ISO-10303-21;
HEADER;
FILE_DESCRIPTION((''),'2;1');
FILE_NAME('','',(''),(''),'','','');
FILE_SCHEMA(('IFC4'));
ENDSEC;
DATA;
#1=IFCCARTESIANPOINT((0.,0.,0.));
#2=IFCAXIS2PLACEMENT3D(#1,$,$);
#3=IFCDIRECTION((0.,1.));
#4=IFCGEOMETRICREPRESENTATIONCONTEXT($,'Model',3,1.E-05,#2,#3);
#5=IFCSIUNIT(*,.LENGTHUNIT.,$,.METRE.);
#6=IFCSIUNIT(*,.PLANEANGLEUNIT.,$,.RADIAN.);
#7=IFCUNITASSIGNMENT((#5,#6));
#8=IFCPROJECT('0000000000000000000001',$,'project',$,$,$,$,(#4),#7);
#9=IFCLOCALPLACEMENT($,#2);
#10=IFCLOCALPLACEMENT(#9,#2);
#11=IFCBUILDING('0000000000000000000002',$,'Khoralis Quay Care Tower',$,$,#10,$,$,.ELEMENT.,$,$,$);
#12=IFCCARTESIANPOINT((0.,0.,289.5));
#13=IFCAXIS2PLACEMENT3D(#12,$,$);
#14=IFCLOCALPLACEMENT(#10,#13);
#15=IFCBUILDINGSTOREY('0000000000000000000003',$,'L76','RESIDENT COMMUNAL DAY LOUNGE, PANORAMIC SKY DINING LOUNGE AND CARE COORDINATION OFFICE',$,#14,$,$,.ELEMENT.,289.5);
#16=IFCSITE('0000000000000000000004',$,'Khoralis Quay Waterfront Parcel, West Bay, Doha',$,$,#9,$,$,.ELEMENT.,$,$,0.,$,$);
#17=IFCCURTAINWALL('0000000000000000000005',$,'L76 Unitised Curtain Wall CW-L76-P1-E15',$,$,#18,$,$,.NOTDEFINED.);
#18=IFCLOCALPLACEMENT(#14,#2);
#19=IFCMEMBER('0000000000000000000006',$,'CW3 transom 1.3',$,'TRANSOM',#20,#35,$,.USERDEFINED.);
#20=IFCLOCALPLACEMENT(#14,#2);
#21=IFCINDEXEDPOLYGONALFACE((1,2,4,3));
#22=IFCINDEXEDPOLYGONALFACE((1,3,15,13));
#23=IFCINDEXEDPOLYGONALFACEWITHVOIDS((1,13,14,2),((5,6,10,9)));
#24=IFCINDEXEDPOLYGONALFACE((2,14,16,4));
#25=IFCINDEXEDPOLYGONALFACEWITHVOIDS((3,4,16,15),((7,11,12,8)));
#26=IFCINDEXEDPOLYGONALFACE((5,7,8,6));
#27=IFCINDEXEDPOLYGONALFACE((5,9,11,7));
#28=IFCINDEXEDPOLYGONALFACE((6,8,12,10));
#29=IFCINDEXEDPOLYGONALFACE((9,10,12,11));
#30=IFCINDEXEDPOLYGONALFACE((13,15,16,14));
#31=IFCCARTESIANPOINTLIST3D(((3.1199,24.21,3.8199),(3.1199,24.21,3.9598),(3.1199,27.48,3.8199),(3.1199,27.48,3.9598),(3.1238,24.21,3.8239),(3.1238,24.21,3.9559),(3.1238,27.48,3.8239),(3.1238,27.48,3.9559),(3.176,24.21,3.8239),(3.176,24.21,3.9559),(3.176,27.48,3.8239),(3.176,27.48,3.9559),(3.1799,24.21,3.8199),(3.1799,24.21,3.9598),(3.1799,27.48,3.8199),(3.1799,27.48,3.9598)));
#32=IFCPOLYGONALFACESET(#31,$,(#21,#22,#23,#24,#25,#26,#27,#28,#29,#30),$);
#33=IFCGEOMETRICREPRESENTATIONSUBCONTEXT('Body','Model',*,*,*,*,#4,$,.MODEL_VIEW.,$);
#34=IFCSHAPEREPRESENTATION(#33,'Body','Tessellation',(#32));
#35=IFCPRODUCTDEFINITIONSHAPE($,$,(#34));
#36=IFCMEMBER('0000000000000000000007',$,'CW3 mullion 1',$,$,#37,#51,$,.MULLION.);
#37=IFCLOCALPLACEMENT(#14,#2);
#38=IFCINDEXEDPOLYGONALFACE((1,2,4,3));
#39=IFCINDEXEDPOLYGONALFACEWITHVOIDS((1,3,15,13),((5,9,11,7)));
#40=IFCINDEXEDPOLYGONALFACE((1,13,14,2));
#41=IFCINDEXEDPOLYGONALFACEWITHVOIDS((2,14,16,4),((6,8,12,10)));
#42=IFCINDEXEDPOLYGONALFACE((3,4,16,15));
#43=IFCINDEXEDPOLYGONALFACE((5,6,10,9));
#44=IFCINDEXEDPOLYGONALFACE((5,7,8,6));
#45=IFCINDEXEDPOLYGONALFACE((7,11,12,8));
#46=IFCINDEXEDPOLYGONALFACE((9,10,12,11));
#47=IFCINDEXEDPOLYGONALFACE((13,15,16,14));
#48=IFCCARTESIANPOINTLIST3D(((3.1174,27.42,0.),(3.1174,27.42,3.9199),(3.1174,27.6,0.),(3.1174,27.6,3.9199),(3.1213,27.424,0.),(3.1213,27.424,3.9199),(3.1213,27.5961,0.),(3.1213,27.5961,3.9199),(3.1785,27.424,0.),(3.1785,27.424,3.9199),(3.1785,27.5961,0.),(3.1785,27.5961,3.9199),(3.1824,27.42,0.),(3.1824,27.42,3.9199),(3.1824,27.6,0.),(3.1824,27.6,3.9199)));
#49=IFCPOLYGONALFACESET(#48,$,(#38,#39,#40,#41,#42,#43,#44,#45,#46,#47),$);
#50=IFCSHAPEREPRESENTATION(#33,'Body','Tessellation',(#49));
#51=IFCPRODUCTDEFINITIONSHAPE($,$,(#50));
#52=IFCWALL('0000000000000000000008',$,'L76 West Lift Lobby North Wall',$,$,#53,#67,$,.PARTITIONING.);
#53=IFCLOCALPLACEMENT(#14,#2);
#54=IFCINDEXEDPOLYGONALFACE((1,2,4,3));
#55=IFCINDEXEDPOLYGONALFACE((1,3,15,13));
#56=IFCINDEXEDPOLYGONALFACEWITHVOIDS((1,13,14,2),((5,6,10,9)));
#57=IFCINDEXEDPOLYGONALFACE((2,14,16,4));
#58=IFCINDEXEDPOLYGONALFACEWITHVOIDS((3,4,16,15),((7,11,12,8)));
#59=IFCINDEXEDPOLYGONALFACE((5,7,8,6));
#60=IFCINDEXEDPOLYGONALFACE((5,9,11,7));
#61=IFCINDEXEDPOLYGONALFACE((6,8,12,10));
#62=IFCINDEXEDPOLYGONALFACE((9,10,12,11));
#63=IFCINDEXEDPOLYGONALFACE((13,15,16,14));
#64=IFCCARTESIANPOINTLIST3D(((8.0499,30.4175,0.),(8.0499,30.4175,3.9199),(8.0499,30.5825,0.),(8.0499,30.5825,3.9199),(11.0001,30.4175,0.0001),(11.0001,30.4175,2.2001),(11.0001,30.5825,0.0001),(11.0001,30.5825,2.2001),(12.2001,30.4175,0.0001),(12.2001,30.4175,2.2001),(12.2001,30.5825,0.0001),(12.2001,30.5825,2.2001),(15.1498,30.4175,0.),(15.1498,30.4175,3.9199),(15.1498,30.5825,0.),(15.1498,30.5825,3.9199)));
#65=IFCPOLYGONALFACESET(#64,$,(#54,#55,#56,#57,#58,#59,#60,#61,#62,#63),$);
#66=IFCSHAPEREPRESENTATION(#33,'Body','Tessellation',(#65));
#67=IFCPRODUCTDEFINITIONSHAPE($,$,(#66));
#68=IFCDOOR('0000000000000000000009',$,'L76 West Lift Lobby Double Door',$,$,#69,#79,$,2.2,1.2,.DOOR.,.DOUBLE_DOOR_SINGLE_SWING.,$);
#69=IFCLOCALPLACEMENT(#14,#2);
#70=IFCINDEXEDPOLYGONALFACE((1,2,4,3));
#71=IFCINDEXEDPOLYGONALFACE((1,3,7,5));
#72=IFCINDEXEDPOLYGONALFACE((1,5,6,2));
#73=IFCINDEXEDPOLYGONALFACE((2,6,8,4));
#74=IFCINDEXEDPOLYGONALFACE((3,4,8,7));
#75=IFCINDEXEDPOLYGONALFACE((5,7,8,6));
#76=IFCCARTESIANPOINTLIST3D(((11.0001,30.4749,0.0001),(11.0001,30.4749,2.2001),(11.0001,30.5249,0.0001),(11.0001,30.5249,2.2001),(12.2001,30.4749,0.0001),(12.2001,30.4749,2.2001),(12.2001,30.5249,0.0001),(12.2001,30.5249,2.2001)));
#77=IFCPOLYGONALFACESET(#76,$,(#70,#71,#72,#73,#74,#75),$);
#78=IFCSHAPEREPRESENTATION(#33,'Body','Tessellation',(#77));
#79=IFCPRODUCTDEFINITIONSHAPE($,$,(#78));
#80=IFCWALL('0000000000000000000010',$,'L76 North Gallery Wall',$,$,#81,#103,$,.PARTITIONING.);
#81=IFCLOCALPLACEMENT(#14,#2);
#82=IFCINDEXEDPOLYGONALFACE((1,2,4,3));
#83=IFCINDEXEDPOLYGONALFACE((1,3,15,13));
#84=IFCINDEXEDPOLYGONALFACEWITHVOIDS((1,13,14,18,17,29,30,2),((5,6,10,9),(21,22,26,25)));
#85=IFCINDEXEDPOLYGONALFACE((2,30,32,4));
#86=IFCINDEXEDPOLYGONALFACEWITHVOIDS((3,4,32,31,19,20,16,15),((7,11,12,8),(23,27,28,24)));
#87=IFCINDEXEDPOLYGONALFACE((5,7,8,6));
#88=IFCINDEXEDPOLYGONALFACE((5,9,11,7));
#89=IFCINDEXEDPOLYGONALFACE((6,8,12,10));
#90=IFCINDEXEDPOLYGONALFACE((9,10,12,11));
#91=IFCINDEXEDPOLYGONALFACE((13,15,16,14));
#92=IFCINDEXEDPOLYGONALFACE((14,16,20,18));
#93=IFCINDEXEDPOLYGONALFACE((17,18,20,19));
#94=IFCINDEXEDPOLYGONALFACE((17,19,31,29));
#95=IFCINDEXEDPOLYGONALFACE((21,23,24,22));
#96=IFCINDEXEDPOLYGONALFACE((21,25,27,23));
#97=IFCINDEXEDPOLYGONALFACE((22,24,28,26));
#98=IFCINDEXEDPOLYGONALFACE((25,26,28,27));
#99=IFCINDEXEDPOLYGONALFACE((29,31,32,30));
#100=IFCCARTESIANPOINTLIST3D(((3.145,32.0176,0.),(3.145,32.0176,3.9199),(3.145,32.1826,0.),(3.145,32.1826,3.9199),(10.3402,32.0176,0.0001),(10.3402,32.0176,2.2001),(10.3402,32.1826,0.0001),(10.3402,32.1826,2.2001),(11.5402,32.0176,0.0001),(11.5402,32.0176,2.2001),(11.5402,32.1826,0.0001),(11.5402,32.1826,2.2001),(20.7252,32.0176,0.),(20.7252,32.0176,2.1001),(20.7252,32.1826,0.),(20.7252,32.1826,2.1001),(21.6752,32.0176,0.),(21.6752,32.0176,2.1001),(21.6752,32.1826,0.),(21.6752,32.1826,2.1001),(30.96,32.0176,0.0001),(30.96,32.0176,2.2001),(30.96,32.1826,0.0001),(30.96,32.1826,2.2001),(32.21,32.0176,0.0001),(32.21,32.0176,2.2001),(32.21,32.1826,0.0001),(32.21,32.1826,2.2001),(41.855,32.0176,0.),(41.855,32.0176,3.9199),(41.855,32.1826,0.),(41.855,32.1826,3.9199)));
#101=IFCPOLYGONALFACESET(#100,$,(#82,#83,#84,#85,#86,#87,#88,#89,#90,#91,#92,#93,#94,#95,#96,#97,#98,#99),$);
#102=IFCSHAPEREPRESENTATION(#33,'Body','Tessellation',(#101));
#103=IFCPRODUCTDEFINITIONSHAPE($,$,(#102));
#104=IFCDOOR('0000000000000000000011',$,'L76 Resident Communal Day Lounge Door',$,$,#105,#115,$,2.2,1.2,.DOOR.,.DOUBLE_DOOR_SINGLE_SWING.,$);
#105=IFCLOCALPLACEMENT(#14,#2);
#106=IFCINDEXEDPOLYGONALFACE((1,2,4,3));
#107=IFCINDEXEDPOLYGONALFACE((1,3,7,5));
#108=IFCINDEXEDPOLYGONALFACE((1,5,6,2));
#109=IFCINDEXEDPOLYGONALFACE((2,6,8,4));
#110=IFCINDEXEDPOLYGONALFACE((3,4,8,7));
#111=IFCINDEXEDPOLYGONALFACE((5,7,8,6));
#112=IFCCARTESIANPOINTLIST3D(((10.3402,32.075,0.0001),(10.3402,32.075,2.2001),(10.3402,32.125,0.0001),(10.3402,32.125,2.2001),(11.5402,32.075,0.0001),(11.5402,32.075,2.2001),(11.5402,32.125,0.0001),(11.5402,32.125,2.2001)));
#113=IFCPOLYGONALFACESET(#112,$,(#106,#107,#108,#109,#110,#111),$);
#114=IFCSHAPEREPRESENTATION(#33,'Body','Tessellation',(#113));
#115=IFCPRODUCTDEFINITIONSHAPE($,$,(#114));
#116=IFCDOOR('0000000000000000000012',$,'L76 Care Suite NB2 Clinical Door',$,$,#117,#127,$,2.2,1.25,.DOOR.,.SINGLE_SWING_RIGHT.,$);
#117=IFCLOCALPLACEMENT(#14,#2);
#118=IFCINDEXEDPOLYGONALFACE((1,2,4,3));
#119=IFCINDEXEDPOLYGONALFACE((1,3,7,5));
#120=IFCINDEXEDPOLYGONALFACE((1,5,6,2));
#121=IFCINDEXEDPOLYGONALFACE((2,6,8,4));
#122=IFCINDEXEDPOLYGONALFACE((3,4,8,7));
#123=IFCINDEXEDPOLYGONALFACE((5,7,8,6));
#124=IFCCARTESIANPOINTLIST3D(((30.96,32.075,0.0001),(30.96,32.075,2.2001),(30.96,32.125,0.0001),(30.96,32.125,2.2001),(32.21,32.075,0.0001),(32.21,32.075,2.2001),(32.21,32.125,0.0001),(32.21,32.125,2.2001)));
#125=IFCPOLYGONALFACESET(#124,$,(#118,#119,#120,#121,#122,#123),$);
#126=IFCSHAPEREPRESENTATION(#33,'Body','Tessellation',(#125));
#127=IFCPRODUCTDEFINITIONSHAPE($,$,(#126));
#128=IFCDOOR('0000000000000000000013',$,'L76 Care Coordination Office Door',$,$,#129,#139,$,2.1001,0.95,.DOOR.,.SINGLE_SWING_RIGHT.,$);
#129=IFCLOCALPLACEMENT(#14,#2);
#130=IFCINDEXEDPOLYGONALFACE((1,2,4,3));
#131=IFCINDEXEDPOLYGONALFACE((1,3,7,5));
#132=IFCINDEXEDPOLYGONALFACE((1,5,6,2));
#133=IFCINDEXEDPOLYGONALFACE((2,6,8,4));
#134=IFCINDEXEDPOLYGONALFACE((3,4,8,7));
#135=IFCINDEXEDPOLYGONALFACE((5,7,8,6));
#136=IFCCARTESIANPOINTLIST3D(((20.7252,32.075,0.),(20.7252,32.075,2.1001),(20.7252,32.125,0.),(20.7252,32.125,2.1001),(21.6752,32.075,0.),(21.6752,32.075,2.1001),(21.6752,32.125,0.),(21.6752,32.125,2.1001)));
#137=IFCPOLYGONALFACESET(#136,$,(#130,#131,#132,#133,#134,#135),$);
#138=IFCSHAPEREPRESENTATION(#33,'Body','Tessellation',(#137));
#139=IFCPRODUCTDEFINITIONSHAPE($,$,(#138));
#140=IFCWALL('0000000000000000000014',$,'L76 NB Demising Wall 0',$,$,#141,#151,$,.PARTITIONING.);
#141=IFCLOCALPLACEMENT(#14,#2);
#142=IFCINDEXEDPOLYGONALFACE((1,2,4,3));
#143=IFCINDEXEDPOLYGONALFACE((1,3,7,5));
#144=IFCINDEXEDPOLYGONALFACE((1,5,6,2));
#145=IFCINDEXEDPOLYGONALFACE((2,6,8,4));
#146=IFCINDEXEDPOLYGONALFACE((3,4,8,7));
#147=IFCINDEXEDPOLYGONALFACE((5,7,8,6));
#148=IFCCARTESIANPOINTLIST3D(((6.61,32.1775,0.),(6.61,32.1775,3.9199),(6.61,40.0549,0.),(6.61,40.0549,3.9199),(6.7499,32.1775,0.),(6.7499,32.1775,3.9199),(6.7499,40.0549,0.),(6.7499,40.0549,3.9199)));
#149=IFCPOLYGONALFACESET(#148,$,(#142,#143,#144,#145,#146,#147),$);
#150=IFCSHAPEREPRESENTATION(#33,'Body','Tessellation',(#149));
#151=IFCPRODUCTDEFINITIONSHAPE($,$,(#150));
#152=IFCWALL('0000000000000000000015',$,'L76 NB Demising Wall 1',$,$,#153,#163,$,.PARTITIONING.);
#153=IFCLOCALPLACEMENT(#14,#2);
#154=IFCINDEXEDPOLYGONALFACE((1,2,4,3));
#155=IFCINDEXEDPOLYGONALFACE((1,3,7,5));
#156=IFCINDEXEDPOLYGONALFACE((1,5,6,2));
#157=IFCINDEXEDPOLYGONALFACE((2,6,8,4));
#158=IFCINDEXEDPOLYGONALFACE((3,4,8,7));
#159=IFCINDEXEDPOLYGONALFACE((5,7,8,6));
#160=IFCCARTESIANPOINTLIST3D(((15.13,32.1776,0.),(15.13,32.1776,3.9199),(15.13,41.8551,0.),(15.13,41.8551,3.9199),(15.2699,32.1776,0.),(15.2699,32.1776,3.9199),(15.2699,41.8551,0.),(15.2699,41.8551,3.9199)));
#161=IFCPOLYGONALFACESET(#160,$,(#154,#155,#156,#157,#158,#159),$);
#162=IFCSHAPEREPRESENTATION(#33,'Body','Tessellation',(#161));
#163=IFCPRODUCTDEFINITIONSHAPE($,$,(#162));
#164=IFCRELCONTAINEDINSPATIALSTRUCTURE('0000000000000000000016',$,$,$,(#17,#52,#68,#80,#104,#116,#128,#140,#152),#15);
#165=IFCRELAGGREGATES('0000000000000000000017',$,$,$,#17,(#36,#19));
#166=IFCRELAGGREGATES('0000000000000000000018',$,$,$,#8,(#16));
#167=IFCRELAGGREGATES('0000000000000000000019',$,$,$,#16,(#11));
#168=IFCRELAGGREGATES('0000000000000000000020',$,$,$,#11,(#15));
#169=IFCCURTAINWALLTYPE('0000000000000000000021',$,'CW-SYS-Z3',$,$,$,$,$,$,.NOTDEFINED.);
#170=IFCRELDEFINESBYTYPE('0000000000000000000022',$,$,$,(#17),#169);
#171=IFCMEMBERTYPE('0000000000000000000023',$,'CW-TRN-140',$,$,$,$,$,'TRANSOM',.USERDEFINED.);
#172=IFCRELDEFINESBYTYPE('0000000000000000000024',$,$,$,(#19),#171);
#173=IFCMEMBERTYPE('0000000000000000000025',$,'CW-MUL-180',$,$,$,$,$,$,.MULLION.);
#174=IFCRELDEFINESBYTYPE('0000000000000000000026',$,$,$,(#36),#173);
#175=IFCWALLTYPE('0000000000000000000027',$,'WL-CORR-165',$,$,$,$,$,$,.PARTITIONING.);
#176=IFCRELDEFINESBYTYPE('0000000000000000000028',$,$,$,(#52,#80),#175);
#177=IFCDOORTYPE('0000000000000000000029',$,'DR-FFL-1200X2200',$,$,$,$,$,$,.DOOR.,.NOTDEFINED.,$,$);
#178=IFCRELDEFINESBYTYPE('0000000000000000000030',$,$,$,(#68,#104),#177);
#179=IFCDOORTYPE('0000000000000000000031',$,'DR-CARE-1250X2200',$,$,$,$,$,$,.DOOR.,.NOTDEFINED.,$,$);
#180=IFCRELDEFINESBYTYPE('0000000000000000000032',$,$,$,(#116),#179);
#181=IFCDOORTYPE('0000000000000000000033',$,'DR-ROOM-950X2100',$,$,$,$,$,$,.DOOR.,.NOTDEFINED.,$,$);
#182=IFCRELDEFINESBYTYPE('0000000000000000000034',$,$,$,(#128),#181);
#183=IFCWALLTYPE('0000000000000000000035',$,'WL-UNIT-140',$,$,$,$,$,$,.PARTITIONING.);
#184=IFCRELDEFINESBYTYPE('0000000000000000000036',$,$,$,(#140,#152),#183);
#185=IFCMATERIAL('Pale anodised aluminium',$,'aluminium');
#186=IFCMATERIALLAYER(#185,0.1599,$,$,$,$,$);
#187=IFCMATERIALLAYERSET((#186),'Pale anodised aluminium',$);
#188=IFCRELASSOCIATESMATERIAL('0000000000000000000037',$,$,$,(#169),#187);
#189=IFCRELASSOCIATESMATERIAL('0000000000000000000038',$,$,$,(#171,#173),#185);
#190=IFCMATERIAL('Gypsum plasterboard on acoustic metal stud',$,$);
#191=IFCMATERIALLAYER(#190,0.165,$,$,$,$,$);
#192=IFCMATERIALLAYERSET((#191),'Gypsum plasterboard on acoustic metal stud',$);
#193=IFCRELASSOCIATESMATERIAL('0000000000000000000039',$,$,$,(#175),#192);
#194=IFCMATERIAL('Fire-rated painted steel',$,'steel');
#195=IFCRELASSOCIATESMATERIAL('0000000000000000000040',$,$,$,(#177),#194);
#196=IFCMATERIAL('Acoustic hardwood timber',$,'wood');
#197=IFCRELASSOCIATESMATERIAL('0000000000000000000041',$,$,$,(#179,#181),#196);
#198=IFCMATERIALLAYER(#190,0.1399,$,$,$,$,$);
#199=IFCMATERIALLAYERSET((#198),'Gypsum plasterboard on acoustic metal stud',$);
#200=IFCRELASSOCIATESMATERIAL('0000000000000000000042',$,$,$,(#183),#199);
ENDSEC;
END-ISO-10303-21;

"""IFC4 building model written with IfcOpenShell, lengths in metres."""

from ifc_helpers import new_model, si_unit, direction, frame, frame_2d, origin, origin_2d, place, context, subcontext, project, spatial, rectangle, hollow_rectangle, extrude, source, transform, mapped, material, layer, layer_set, material_profile, profile_set, type_object, element, fill, aggregate, save


model = new_model("IFC4")

# Units and contexts
model_context = context("Model", 3, precision=1e-05, world=origin(), true_north=direction((0.0, 1.0)))
body_context = subcontext(model_context, "Body", "Model", "MODEL_VIEW")
ifc_project = project(units=[si_unit("LENGTHUNIT", "METRE"), si_unit("PLANEANGLEUNIT", "RADIAN")], contexts=[model_context])

# Site, building, storey
site_placement = place(None, origin())
site = spatial("IfcSite", under=ifc_project, at=site_placement, Name="Khoralis Quay Waterfront Parcel, West Bay, Doha", CompositionType="ELEMENT", RefElevation=0.0)
building_placement = place(site_placement, origin())
building = spatial("IfcBuilding", under=site, at=building_placement, Name="Khoralis Quay Care Tower", CompositionType="ELEMENT")
storey_placement = place(building_placement, frame((0.0, 0.0, 289.5)))
storey = spatial("IfcBuildingStorey", under=building, at=storey_placement, Name="L76", Description="RESIDENT COMMUNAL DAY LOUNGE, PANORAMIC SKY DINING LOUNGE AND CARE COORDINATION OFFICE", CompositionType="ELEMENT", Elevation=289.5)

# Curtain wall, members
ifc_material_1 = material(Name="Pale anodised aluminium", Category="aluminium")
ifc_layer_1 = layer(ifc_material_1, 0.1599)
ifc_layer_set_1 = layer_set([ifc_layer_1], Name="Pale anodised aluminium")
curtain_wall_type = type_object("IfcCurtainWallType", Name="CW-SYS-Z3", PredefinedType="NOTDEFINED", material=ifc_layer_set_1)
curtain_wall_placement = place(storey_placement, origin())
curtain_wall = element("IfcCurtainWall", 1, at=curtain_wall_placement, inside=storey, type_object=curtain_wall_type, Name="L76 Unitised Curtain Wall CW-L76-P1-E15", PredefinedType="NOTDEFINED")
ifc_material_profile_1 = material_profile(ifc_material_1, hollow_rectangle(XDim=0.0601, YDim=0.1399, WallThickness=0.0039, at=origin_2d()), Name="Pale anodised aluminium")
ifc_profile_set_1 = profile_set([ifc_material_profile_1], Name="Pale anodised aluminium")
member_type_1 = type_object("IfcMemberType", Name="CW-TRN-140", ElementType="TRANSOM", PredefinedType="USERDEFINED", material=ifc_profile_set_1)
shared_shape_1 = source(origin(), body_context, "Body", "SweptSolid", [
    extrude(hollow_rectangle(XDim=0.0601, YDim=0.1399, WallThickness=0.0039, at=origin_2d()), origin(), (0.0, 0.0, 1.0), 3.27),
])
member_1_placement = place(storey_placement, frame((3.1499, 27.48, 3.8899), z_axis=(0.0, -1.0, 0.0), x_axis=(1.0, 0.0, 0.0)))
member_1 = element("IfcMember", 2, at=member_1_placement, type_object=member_type_1, Name="CW3 transom 1.3", ObjectType="TRANSOM", PredefinedType="USERDEFINED", context=body_context, shape_type="MappedRepresentation", body=[
    mapped(shared_shape_1, transform((0.0, 0.0, 0.0), scale=1.0)),
])
ifc_material_profile_2 = material_profile(ifc_material_1, hollow_rectangle(XDim=0.0649, YDim=0.1799, WallThickness=0.0039, at=origin_2d()), Name="Pale anodised aluminium")
ifc_profile_set_2 = profile_set([ifc_material_profile_2], Name="Pale anodised aluminium")
member_type_2 = type_object("IfcMemberType", Name="CW-MUL-180", PredefinedType="MULLION", material=ifc_profile_set_2)
shared_shape_2 = source(origin(), body_context, "Body", "SweptSolid", [
    extrude(hollow_rectangle(XDim=0.0649, YDim=0.1799, WallThickness=0.0039, at=origin_2d()), origin(), (0.0, 0.0, 1.0), 3.9199),
])
member_2_placement = place(storey_placement, frame((3.1499, 27.51, 0.0), z_axis=(0.0, 0.0, 1.0), x_axis=(1.0, 0.0, 0.0)))
member_2 = element("IfcMember", 3, at=member_2_placement, type_object=member_type_2, Name="CW3 mullion 1", PredefinedType="MULLION", context=body_context, shape_type="MappedRepresentation", body=[
    mapped(shared_shape_2, transform((0.0, 0.0, 0.0), scale=1.0)),
])
aggregate(curtain_wall, [member_2, member_1])

# Wall, opening, door
ifc_material_2 = material(Name="Gypsum plasterboard on acoustic metal stud")
ifc_layer_2 = layer(ifc_material_2, 0.165)
ifc_layer_set_2 = layer_set([ifc_layer_2], Name="Gypsum plasterboard on acoustic metal stud")
wall_type_1 = type_object("IfcWallType", Name="WL-CORR-165", PredefinedType="PARTITIONING", material=ifc_layer_set_2)
wall_1_placement = place(storey_placement, frame((8.05, 30.5, 0.0), z_axis=(0.0, 0.0, 1.0), x_axis=(1.0, 0.0, 0.0)))
wall_1 = element("IfcWall", 4, at=wall_1_placement, inside=storey, type_object=wall_type_1, Name="L76 West Lift Lobby North Wall", PredefinedType="PARTITIONING", context=body_context, shape_type="SweptSolid", body=[
    extrude(rectangle(XDim=7.0999, YDim=0.165, at=frame_2d((3.5498, 0.0))), origin(), (0.0, 0.0, 1.0), 3.9199),
])
opening_1_placement = place(wall_1_placement, frame((2.95, 0.0, 0.0)))
opening_1 = element("IfcOpeningElement", 5, at=opening_1_placement, cuts=wall_1, PredefinedType="OPENING", context=body_context, shape_type="SweptSolid", body=[
    extrude(rectangle(XDim=1.2, YDim=2.2, at=frame_2d((0.6001, 1.1001))), frame((0.0, 0.0925, 0.0), z_axis=(0.0, -1.0, 0.0), x_axis=(1.0, 0.0, 0.0)), (0.0, 0.0, 1.0), 0.1851),
])
ifc_material_3 = material(Name="Fire-rated painted steel", Category="steel")
door_type_1 = type_object("IfcDoorType", Name="DR-FFL-1200X2200", OperationType="NOTDEFINED", PredefinedType="DOOR", material=ifc_material_3)
shared_shape_3 = source(origin(), body_context, "Body", "SweptSolid", [
    extrude(rectangle(XDim=1.2, YDim=2.2, at=frame_2d((0.6001, 1.1001))), frame((0.0, 0.0249, 0.0), z_axis=(0.0, -1.0, 0.0), x_axis=(1.0, 0.0, 0.0)), (0.0, 0.0, 1.0), 0.05),
])
door_1_placement = place(opening_1_placement, origin())
door_1 = element("IfcDoor", 6, at=door_1_placement, inside=storey, type_object=door_type_1, Name="L76 West Lift Lobby Double Door", OperationType="DOUBLE_DOOR_SINGLE_SWING", OverallHeight=2.2, OverallWidth=1.2, PredefinedType="DOOR", context=body_context, shape_type="MappedRepresentation", body=[
    mapped(shared_shape_3, transform((0.0, 0.0, 0.0), scale=1.0)),
])
fill(opening_1, door_1)

# Wall, openings, doors
wall_2_placement = place(storey_placement, frame((3.145, 32.1001, 0.0), z_axis=(0.0, 0.0, 1.0), x_axis=(1.0, 0.0, 0.0)))
wall_2 = element("IfcWall", 7, at=wall_2_placement, inside=storey, type_object=wall_type_1, Name="L76 North Gallery Wall", PredefinedType="PARTITIONING", context=body_context, shape_type="SweptSolid", body=[
    extrude(rectangle(XDim=38.71, YDim=0.165, at=frame_2d((19.355, 0.0))), origin(), (0.0, 0.0, 1.0), 3.9199),
])
opening_2_placement = place(wall_2_placement, frame((7.1951, 0.0, 0.0)))
opening_2 = element("IfcOpeningElement", 8, at=opening_2_placement, cuts=wall_2, PredefinedType="OPENING", context=body_context, shape_type="SweptSolid", body=[
    extrude(rectangle(XDim=1.2, YDim=2.2, at=frame_2d((0.6001, 1.1001))), frame((0.0, 0.0925, 0.0), z_axis=(0.0, -1.0, 0.0), x_axis=(1.0, 0.0, 0.0)), (0.0, 0.0, 1.0), 0.1851),
])
opening_3_placement = place(wall_2_placement, frame((17.5801, 0.0, 0.0)))
opening_3 = element("IfcOpeningElement", 9, at=opening_3_placement, cuts=wall_2, PredefinedType="OPENING", context=body_context, shape_type="SweptSolid", body=[
    extrude(rectangle(XDim=0.95, YDim=2.1001, at=frame_2d((0.4751, 1.05))), frame((0.0, 0.0925, 0.0), z_axis=(0.0, -1.0, 0.0), x_axis=(1.0, 0.0, 0.0)), (0.0, 0.0, 1.0), 0.1851),
])
opening_4_placement = place(wall_2_placement, frame((27.8149, 0.0, 0.0)))
opening_4 = element("IfcOpeningElement", 10, at=opening_4_placement, cuts=wall_2, PredefinedType="OPENING", context=body_context, shape_type="SweptSolid", body=[
    extrude(rectangle(XDim=1.25, YDim=2.2, at=frame_2d((0.625, 1.1001))), frame((0.0, 0.0925, 0.0), z_axis=(0.0, -1.0, 0.0), x_axis=(1.0, 0.0, 0.0)), (0.0, 0.0, 1.0), 0.1851),
])
door_2_placement = place(opening_2_placement, origin())
door_2 = element("IfcDoor", 11, at=door_2_placement, inside=storey, type_object=door_type_1, Name="L76 Resident Communal Day Lounge Door", OperationType="DOUBLE_DOOR_SINGLE_SWING", OverallHeight=2.2, OverallWidth=1.2, PredefinedType="DOOR", context=body_context, shape_type="MappedRepresentation", body=[
    mapped(shared_shape_3, transform((0.0, 0.0, 0.0), scale=1.0)),
])
fill(opening_2, door_2)
ifc_material_4 = material(Name="Acoustic hardwood timber", Category="wood")
door_type_2 = type_object("IfcDoorType", Name="DR-CARE-1250X2200", OperationType="NOTDEFINED", PredefinedType="DOOR", material=ifc_material_4)
shared_shape_4 = source(origin(), body_context, "Body", "SweptSolid", [
    extrude(rectangle(XDim=1.25, YDim=2.2, at=frame_2d((0.625, 1.1001))), frame((0.0, 0.0249, 0.0), z_axis=(0.0, -1.0, 0.0), x_axis=(1.0, 0.0, 0.0)), (0.0, 0.0, 1.0), 0.05),
])
door_3_placement = place(opening_4_placement, origin())
door_3 = element("IfcDoor", 12, at=door_3_placement, inside=storey, type_object=door_type_2, Name="L76 Care Suite NB2 Clinical Door", OperationType="SINGLE_SWING_RIGHT", OverallHeight=2.2, OverallWidth=1.25, PredefinedType="DOOR", context=body_context, shape_type="MappedRepresentation", body=[
    mapped(shared_shape_4, transform((0.0, 0.0, 0.0), scale=1.0)),
])
fill(opening_4, door_3)
door_type_3 = type_object("IfcDoorType", Name="DR-ROOM-950X2100", OperationType="NOTDEFINED", PredefinedType="DOOR", material=ifc_material_4)
shared_shape_5 = source(origin(), body_context, "Body", "SweptSolid", [
    extrude(rectangle(XDim=0.95, YDim=2.1001, at=frame_2d((0.4751, 1.05))), frame((0.0, 0.0249, 0.0), z_axis=(0.0, -1.0, 0.0), x_axis=(1.0, 0.0, 0.0)), (0.0, 0.0, 1.0), 0.05),
])
door_4_placement = place(opening_3_placement, origin())
door_4 = element("IfcDoor", 13, at=door_4_placement, inside=storey, type_object=door_type_3, Name="L76 Care Coordination Office Door", OperationType="SINGLE_SWING_RIGHT", OverallHeight=2.1001, OverallWidth=0.95, PredefinedType="DOOR", context=body_context, shape_type="MappedRepresentation", body=[
    mapped(shared_shape_5, transform((0.0, 0.0, 0.0), scale=1.0)),
])
fill(opening_3, door_4)

# Walls
ifc_layer_3 = layer(ifc_material_2, 0.1399)
ifc_layer_set_3 = layer_set([ifc_layer_3], Name="Gypsum plasterboard on acoustic metal stud")
wall_type_2 = type_object("IfcWallType", Name="WL-UNIT-140", PredefinedType="PARTITIONING", material=ifc_layer_set_3)
wall_3_placement = place(storey_placement, frame((6.6799, 32.1775, 0.0), z_axis=(0.0, 0.0, 1.0), x_axis=(0.0, 1.0, 0.0)))
element("IfcWall", 14, at=wall_3_placement, inside=storey, type_object=wall_type_2, Name="L76 NB Demising Wall 0", PredefinedType="PARTITIONING", context=body_context, shape_type="SweptSolid", body=[
    extrude(rectangle(XDim=7.8774, YDim=0.1399, at=frame_2d((3.9387, 0.0))), origin(), (0.0, 0.0, 1.0), 3.9199),
])
wall_4_placement = place(storey_placement, frame((15.2, 32.1775, 0.0), z_axis=(0.0, 0.0, 1.0), x_axis=(0.0, 1.0, 0.0)))
element("IfcWall", 15, at=wall_4_placement, inside=storey, type_object=wall_type_2, Name="L76 NB Demising Wall 1", PredefinedType="PARTITIONING", context=body_context, shape_type="SweptSolid", body=[
    extrude(rectangle(XDim=9.6775, YDim=0.1399, at=frame_2d((4.8389, 0.0))), origin(), (0.0, 0.0, 1.0), 3.9199),
])

save(model, "model.ifc")
